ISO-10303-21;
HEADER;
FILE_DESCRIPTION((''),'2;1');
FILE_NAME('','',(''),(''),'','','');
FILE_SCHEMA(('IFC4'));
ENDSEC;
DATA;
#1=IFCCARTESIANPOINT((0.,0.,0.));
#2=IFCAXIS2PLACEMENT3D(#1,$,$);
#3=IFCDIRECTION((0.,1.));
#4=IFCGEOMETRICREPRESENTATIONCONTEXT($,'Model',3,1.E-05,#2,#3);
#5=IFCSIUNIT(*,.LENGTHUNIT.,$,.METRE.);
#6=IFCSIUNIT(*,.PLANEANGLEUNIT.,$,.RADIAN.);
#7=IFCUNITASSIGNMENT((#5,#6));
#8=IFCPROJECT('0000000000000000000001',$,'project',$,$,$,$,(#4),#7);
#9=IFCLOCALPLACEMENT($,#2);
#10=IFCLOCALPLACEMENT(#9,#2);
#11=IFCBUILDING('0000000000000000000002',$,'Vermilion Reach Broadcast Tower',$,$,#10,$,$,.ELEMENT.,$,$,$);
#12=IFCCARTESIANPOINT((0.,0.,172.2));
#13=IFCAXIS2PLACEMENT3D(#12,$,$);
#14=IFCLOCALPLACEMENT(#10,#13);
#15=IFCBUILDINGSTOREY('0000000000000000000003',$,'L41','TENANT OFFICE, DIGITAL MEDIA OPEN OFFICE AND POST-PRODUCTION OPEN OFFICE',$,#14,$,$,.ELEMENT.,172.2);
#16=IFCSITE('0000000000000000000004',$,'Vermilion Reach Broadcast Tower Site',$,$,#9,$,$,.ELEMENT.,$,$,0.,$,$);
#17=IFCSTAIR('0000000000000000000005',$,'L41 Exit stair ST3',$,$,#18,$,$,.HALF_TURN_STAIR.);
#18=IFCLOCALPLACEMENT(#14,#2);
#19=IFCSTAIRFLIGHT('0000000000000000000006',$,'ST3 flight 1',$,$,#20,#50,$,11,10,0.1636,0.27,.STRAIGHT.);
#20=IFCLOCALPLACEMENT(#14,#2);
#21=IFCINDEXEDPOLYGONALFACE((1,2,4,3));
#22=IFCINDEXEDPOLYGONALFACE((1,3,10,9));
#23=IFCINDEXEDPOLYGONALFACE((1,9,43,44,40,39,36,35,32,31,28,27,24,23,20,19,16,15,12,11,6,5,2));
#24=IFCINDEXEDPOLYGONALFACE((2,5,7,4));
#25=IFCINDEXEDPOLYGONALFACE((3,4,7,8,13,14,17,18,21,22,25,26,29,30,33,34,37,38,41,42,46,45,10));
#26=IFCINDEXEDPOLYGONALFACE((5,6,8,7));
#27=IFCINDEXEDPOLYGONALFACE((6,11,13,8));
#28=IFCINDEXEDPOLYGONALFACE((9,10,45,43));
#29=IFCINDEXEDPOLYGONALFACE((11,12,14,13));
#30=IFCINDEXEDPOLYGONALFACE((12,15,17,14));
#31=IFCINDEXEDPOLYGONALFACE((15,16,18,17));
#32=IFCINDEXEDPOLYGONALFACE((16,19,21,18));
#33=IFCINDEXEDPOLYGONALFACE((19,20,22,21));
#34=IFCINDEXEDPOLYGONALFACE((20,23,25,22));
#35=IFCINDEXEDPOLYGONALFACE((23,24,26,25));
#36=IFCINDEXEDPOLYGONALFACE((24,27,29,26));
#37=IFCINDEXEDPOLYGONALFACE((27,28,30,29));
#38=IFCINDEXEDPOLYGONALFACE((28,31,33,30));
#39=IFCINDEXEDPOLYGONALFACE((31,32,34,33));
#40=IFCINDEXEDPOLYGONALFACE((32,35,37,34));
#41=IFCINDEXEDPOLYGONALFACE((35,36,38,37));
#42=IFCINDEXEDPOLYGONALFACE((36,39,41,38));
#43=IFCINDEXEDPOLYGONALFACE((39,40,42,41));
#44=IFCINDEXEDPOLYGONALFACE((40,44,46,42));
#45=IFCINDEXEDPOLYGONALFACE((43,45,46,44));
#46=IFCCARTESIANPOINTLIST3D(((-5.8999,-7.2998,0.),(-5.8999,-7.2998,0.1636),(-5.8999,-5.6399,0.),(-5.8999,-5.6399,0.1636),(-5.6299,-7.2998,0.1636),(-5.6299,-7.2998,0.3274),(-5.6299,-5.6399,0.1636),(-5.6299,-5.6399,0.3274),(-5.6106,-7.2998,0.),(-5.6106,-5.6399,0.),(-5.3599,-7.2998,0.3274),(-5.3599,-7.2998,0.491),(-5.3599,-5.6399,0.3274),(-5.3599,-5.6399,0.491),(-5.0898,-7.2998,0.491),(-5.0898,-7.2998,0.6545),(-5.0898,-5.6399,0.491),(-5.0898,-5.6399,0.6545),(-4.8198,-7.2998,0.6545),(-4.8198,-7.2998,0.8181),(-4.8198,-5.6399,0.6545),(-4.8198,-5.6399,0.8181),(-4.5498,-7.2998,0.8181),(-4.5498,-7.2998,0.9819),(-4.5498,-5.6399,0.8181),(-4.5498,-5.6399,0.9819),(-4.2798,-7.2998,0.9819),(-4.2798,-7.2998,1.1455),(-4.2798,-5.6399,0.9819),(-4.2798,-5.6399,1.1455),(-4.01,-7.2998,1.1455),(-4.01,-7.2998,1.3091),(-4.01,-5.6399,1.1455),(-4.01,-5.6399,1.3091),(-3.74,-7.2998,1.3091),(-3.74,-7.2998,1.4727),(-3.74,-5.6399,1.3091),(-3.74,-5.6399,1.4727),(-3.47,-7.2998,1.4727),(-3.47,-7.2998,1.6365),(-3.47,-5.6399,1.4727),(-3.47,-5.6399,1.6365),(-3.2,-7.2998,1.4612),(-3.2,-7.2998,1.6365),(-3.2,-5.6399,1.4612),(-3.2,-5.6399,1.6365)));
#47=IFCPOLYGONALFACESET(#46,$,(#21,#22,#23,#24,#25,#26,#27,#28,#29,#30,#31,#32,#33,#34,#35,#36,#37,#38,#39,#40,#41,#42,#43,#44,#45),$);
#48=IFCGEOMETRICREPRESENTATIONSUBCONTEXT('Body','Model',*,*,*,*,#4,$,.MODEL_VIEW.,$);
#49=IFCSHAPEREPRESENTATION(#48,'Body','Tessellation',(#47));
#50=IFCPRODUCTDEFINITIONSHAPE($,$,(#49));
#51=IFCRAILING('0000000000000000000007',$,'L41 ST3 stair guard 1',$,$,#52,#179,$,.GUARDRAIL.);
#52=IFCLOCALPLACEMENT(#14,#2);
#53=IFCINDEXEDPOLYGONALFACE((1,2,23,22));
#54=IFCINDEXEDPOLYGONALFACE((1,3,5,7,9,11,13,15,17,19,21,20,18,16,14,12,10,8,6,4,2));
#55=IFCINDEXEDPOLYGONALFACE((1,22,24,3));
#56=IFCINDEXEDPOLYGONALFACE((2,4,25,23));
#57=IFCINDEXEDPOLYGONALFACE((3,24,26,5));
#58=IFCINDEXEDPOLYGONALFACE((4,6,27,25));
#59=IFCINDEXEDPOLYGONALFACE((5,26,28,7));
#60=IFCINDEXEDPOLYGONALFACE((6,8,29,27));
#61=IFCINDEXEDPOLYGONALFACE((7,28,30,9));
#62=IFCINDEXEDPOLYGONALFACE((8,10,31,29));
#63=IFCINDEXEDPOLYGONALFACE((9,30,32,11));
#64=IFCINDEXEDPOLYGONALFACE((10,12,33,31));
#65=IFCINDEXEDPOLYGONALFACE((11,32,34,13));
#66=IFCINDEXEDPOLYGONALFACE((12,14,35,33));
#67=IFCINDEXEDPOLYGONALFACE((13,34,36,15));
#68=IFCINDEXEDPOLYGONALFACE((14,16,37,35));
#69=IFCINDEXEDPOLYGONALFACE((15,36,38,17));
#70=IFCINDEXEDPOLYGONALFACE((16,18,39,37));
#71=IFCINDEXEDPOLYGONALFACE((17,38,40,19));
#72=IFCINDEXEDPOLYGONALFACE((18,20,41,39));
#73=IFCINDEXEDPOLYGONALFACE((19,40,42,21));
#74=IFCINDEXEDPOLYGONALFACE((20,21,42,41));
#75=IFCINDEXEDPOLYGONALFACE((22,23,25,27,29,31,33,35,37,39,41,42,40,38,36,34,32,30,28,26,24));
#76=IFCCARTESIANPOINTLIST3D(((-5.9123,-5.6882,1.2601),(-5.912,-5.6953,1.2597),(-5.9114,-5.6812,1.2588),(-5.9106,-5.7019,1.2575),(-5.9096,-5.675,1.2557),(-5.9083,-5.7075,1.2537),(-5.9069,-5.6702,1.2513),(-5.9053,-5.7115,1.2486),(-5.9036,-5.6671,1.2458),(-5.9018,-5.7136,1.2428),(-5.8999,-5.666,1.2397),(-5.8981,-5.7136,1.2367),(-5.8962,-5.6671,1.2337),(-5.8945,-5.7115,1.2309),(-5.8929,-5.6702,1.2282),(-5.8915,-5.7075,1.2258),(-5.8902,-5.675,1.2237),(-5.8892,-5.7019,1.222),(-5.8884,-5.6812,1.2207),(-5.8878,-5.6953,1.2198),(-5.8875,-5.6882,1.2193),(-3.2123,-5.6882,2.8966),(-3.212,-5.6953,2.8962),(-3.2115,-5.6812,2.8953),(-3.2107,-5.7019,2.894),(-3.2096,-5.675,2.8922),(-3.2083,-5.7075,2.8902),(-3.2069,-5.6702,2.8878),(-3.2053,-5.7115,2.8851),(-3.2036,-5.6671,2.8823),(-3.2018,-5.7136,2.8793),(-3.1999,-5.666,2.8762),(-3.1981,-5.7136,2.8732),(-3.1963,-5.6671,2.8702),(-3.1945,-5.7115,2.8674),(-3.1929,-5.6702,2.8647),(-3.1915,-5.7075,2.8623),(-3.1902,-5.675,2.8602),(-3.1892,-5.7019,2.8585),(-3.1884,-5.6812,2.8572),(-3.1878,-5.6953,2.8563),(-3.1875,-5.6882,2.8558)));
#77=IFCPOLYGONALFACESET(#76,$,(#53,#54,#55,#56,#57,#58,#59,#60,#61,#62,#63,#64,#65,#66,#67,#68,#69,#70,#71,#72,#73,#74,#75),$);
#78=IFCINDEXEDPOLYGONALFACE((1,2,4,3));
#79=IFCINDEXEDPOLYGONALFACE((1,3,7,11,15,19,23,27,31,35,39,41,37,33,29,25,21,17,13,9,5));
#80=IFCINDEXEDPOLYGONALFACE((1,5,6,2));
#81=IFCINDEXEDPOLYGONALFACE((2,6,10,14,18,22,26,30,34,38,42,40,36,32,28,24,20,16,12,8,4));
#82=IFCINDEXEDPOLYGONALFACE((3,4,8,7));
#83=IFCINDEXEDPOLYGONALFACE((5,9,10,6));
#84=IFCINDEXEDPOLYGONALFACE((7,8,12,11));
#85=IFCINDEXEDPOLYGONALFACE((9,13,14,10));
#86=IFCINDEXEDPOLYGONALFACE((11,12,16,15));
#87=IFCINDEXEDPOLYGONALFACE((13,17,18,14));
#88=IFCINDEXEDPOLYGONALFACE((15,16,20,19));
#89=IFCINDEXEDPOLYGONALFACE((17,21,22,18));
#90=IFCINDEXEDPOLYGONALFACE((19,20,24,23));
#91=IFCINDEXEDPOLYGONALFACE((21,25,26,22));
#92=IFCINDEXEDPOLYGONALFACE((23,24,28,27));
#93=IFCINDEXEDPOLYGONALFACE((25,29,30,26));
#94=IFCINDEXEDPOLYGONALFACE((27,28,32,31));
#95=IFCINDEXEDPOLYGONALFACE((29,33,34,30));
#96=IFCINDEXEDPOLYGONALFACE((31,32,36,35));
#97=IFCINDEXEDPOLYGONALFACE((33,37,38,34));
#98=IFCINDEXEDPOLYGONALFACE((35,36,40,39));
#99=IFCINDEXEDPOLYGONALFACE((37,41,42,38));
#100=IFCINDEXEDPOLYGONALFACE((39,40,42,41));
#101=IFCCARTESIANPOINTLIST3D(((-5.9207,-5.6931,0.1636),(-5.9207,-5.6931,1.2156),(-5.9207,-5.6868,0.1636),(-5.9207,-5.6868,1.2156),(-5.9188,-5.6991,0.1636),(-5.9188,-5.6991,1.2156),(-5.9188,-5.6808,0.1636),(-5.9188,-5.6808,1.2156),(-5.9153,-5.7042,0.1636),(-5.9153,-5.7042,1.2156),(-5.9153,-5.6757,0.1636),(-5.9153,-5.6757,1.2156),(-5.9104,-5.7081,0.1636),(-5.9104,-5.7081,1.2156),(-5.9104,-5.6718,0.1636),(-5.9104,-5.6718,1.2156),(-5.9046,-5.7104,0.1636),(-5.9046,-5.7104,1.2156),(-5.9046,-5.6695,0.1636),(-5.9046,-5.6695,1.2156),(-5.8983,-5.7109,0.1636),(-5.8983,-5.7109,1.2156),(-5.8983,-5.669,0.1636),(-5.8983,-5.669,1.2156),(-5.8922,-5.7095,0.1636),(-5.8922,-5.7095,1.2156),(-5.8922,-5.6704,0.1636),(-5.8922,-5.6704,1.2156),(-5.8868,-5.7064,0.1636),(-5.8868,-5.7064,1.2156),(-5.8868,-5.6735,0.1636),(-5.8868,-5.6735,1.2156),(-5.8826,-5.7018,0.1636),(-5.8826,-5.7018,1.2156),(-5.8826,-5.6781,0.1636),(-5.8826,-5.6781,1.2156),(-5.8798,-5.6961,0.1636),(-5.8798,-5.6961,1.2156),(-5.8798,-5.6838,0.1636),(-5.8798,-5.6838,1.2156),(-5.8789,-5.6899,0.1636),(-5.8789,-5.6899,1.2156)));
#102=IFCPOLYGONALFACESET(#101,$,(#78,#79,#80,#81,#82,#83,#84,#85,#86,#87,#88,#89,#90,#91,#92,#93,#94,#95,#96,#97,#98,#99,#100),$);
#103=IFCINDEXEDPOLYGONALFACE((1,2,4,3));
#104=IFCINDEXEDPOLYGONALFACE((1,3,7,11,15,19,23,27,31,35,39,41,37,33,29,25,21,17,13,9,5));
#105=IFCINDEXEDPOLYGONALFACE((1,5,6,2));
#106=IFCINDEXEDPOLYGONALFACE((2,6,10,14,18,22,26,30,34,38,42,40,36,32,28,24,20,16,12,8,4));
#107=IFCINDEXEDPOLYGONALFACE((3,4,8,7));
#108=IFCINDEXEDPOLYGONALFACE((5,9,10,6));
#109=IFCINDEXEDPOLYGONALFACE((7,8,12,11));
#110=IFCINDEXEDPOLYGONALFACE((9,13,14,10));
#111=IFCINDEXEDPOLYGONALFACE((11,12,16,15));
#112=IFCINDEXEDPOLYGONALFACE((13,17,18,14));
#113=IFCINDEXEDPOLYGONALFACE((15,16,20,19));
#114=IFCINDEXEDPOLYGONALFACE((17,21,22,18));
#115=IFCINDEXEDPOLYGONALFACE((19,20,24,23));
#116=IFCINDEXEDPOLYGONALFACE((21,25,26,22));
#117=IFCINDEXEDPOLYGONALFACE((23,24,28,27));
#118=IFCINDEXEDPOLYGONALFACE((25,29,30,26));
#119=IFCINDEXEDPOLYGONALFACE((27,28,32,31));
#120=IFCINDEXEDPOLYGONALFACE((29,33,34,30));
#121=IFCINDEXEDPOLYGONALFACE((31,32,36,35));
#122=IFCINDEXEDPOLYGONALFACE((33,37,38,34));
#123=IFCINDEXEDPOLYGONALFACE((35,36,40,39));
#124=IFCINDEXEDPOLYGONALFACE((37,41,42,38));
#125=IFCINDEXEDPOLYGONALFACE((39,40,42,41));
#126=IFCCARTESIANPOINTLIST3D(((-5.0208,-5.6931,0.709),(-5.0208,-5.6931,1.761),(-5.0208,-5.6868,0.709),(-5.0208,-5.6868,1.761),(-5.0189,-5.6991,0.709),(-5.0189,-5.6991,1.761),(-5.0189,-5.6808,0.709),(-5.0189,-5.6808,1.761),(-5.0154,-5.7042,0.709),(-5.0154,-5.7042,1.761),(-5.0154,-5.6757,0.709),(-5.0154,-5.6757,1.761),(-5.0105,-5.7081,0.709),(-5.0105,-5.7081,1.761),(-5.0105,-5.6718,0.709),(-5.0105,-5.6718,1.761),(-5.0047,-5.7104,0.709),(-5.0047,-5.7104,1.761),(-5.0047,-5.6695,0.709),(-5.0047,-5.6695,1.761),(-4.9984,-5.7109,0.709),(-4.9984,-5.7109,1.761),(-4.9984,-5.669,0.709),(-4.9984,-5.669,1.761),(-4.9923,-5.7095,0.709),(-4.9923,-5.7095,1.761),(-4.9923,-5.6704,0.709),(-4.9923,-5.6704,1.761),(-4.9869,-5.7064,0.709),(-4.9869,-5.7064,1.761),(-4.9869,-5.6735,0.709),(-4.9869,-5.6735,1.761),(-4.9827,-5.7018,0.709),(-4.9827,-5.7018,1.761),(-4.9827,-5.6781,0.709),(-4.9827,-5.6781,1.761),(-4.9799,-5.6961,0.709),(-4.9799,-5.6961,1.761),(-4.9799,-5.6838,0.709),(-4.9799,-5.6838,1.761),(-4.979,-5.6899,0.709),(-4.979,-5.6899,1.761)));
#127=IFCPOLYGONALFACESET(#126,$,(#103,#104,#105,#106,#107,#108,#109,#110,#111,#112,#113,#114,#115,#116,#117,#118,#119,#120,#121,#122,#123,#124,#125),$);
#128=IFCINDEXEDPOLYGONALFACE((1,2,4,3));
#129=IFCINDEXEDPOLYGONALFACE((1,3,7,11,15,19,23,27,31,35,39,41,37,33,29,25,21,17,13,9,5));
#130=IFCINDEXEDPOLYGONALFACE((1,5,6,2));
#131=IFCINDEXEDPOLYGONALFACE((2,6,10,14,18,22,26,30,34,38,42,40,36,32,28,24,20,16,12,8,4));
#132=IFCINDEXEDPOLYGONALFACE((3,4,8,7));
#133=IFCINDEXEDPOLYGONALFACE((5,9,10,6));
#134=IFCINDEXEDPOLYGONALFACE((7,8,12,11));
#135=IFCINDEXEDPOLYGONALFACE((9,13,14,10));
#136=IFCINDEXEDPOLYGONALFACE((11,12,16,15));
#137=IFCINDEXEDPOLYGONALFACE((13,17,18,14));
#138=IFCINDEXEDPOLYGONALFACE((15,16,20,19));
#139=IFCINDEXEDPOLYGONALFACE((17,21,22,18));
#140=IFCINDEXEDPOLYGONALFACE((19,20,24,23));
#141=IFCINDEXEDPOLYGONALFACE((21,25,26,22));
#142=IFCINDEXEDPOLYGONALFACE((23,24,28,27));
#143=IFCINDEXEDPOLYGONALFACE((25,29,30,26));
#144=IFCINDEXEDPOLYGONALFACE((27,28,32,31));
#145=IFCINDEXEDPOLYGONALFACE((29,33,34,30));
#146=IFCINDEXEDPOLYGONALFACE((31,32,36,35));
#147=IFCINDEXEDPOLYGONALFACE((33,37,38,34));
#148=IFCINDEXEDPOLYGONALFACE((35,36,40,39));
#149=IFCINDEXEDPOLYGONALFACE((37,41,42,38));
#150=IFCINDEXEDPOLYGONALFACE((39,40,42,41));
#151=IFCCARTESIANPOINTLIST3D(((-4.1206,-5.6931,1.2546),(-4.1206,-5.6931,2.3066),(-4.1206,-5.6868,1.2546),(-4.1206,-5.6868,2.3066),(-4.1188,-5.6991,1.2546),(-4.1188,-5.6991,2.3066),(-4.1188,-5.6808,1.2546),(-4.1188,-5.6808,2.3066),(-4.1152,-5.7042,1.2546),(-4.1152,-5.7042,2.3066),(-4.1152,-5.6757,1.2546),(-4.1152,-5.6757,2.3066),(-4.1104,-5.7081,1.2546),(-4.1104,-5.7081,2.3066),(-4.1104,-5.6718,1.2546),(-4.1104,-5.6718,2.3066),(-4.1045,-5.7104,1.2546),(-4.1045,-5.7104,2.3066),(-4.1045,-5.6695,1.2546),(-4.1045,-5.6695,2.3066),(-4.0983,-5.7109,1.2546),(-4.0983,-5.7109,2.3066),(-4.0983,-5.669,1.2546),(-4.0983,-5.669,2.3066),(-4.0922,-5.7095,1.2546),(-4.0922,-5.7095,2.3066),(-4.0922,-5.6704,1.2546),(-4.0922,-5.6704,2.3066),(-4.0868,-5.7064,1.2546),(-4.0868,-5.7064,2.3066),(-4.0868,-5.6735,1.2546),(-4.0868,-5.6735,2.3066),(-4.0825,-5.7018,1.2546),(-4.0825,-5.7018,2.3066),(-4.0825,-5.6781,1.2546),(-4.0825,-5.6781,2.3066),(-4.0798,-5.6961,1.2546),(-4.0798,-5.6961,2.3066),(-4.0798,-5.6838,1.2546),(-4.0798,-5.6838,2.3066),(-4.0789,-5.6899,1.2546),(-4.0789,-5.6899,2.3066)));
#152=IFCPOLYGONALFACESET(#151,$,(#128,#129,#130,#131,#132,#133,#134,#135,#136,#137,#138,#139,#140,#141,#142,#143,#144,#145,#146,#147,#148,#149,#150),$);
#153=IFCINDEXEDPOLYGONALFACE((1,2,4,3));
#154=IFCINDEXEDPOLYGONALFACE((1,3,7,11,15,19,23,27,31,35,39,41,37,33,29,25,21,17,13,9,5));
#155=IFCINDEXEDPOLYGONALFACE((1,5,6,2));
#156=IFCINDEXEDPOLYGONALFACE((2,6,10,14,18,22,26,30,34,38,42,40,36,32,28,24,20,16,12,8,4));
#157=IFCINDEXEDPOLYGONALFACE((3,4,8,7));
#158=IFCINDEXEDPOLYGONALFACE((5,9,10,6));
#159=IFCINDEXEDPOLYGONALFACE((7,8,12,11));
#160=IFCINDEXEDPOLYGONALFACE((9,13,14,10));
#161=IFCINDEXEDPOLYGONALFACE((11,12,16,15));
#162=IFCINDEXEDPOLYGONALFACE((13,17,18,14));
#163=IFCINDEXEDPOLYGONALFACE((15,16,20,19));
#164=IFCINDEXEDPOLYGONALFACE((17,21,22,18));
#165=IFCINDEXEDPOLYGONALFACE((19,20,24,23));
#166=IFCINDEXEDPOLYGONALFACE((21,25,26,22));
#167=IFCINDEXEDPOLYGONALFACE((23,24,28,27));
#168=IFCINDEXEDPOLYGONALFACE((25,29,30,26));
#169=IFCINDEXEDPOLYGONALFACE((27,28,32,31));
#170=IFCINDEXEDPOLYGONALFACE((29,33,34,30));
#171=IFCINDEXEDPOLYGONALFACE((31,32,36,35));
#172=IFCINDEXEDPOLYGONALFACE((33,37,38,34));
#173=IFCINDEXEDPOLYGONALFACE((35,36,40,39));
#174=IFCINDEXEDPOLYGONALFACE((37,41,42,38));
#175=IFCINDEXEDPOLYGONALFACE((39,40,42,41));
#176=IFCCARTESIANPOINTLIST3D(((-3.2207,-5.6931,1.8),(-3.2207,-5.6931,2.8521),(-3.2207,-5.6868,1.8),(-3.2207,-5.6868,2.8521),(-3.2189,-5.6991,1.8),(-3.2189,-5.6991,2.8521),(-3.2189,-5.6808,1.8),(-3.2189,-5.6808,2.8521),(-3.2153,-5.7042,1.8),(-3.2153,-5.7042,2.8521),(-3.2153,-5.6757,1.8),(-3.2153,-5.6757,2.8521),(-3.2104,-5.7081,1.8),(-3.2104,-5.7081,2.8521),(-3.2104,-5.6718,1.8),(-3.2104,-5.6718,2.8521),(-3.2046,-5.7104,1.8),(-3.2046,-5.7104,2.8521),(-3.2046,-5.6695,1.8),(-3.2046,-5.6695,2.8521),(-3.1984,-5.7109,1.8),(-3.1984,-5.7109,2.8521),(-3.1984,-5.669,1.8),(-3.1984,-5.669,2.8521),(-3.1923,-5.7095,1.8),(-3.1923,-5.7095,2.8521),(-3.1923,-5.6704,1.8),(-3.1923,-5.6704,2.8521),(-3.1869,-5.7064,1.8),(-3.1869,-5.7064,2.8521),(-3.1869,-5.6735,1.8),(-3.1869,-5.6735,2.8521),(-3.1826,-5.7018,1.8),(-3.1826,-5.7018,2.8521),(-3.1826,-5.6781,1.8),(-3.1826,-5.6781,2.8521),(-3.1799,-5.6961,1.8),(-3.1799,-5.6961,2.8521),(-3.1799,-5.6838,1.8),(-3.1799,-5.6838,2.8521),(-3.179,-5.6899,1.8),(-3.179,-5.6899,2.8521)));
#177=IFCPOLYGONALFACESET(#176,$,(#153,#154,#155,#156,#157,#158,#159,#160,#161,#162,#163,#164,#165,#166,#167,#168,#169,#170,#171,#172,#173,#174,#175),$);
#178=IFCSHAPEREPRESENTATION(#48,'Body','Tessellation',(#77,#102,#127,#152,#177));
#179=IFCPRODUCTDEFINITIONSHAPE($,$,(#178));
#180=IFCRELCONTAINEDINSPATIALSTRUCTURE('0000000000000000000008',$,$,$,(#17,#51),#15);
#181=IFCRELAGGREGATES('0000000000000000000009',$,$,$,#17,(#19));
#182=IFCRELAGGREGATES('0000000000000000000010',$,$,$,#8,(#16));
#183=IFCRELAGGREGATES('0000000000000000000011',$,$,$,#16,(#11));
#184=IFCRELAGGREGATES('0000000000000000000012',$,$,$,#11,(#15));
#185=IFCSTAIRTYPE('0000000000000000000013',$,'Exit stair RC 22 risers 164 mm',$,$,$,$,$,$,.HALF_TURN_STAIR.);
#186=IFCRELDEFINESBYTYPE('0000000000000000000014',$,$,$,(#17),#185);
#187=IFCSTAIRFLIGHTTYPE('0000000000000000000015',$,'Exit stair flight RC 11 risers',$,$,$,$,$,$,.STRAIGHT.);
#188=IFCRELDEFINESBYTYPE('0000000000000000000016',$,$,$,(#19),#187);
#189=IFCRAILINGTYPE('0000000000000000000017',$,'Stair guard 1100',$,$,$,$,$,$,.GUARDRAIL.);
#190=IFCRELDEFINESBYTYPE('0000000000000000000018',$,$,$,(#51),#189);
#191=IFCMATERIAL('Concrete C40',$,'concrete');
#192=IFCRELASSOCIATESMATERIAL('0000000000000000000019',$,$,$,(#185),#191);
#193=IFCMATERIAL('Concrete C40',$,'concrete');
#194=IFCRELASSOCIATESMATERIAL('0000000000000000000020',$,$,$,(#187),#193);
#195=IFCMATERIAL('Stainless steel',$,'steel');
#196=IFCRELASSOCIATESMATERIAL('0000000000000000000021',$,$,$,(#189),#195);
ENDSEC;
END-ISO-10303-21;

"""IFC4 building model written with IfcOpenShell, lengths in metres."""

from ifc_helpers import new_model, si_unit, direction, frame, origin, origin_2d, place, context, subcontext, project, spatial, polyline, circle, outline, extrude, material, type_object, element, aggregate, save


model = new_model("IFC4")

# Units and contexts
model_context = context("Model", 3, precision=1e-05, world=origin(), true_north=direction((0.0, 1.0)))
body_context = subcontext(model_context, "Body", "Model", "MODEL_VIEW")
ifc_project = project(units=[si_unit("LENGTHUNIT", "METRE"), si_unit("PLANEANGLEUNIT", "RADIAN")], contexts=[model_context])

# Site, building, storey
site_placement = place(None, origin())
site = spatial("IfcSite", under=ifc_project, at=site_placement, Name="Vermilion Reach Broadcast Tower Site", CompositionType="ELEMENT", RefElevation=0.0)
building_placement = place(site_placement, origin())
building = spatial("IfcBuilding", under=site, at=building_placement, Name="Vermilion Reach Broadcast Tower", CompositionType="ELEMENT")
storey_placement = place(building_placement, frame((0.0, 0.0, 172.2)))
storey = spatial("IfcBuildingStorey", under=building, at=storey_placement, Name="L41", Description="TENANT OFFICE, DIGITAL MEDIA OPEN OFFICE AND POST-PRODUCTION OPEN OFFICE", CompositionType="ELEMENT", Elevation=172.2)

# Stair, stair flight
ifc_material_1 = material(Name="Concrete C40", Category="concrete")
stair_type = type_object("IfcStairType", Name="Exit stair RC 22 risers 164 mm", PredefinedType="HALF_TURN_STAIR", material=ifc_material_1)
stair_placement = place(storey_placement, origin())
stair = element("IfcStair", 1, at=stair_placement, inside=storey, type_object=stair_type, Name="L41 Exit stair ST3", PredefinedType="HALF_TURN_STAIR")
ifc_material_2 = material(Name="Concrete C40", Category="concrete")
stair_flight_type = type_object("IfcStairFlightType", Name="Exit stair flight RC 11 risers", PredefinedType="STRAIGHT", material=ifc_material_2)
stair_flight_placement = place(storey_placement, frame((-5.8999, -6.47, 0.0), z_axis=(0.0, 0.0, 1.0), x_axis=(1.0, 0.0, 0.0)))
stair_flight = element("IfcStairFlight", 2, at=stair_flight_placement, type_object=stair_flight_type, Name="ST3 flight 1", NumberOfRisers=11, NumberOfTreads=10, PredefinedType="STRAIGHT", RiserHeight=0.1636, TreadLength=0.27, context=body_context, shape_type="SweptSolid", body=[
    extrude(outline(polyline([(0.0, 0.0), (0.0, 0.1636), (0.27, 0.1636), (0.27, 0.3274), (0.54, 0.3274), (0.54, 0.491), (0.8101, 0.491), (0.8101, 0.6545), (1.0801, 0.6545), (1.0801, 0.8181), (1.3501, 0.8181), (1.3501, 0.9819), (1.6201, 0.9819), (1.6201, 1.1455), (1.8899, 1.1455), (1.8899, 1.3091), (2.1599, 1.3091), (2.1599, 1.4727), (2.4299, 1.4727), (2.4299, 1.6365), (2.7, 1.6365), (2.7, 1.8), (2.7, 1.4612), (0.2893, 0.0), (0.0, 0.0)])), frame((0.0, 0.8301, 0.0), z_axis=(0.0, -1.0, 0.0), x_axis=(1.0, 0.0, 0.0)), (0.0, 0.0, 1.0), 1.6599),
])
aggregate(stair, [stair_flight])

# Railing
ifc_material_3 = material(Name="Stainless steel", Category="steel")
railing_type_1 = type_object("IfcRailingType", Name="Stair guard 1100", PredefinedType="GUARDRAIL", material=ifc_material_3)
railing_1_placement = place(storey_placement, frame((-5.8999, -5.6899, 0.1636)))
element("IfcRailing", 3, at=railing_1_placement, inside=storey, type_object=railing_type_1, Name="L41 ST3 stair guard 1", PredefinedType="GUARDRAIL", context=body_context, shape_type="SweptSolid", body=[
    extrude(circle(Radius=0.0239, at=origin_2d()), frame((0.0, 0.0, 1.0762), z_axis=(0.855178, 0.0, 0.518334), x_axis=(0.0, 1.0, 0.0)), (0.0, 0.0, 1.0), 3.1572),
    extrude(circle(Radius=0.021, at=origin_2d()), origin(), (0.0, 0.0, 1.0), 1.052),
    extrude(circle(Radius=0.021, at=origin_2d()), frame((0.8999, 0.0, 0.5454)), (0.0, 0.0, 1.0), 1.052),
    extrude(circle(Radius=0.021, at=origin_2d()), frame((1.8, 0.0, 1.0911)), (0.0, 0.0, 1.0), 1.052),
    extrude(circle(Radius=0.021, at=origin_2d()), frame((2.7, 0.0, 1.6365)), (0.0, 0.0, 1.0), 1.052),
])

save(model, "model.ifc")
